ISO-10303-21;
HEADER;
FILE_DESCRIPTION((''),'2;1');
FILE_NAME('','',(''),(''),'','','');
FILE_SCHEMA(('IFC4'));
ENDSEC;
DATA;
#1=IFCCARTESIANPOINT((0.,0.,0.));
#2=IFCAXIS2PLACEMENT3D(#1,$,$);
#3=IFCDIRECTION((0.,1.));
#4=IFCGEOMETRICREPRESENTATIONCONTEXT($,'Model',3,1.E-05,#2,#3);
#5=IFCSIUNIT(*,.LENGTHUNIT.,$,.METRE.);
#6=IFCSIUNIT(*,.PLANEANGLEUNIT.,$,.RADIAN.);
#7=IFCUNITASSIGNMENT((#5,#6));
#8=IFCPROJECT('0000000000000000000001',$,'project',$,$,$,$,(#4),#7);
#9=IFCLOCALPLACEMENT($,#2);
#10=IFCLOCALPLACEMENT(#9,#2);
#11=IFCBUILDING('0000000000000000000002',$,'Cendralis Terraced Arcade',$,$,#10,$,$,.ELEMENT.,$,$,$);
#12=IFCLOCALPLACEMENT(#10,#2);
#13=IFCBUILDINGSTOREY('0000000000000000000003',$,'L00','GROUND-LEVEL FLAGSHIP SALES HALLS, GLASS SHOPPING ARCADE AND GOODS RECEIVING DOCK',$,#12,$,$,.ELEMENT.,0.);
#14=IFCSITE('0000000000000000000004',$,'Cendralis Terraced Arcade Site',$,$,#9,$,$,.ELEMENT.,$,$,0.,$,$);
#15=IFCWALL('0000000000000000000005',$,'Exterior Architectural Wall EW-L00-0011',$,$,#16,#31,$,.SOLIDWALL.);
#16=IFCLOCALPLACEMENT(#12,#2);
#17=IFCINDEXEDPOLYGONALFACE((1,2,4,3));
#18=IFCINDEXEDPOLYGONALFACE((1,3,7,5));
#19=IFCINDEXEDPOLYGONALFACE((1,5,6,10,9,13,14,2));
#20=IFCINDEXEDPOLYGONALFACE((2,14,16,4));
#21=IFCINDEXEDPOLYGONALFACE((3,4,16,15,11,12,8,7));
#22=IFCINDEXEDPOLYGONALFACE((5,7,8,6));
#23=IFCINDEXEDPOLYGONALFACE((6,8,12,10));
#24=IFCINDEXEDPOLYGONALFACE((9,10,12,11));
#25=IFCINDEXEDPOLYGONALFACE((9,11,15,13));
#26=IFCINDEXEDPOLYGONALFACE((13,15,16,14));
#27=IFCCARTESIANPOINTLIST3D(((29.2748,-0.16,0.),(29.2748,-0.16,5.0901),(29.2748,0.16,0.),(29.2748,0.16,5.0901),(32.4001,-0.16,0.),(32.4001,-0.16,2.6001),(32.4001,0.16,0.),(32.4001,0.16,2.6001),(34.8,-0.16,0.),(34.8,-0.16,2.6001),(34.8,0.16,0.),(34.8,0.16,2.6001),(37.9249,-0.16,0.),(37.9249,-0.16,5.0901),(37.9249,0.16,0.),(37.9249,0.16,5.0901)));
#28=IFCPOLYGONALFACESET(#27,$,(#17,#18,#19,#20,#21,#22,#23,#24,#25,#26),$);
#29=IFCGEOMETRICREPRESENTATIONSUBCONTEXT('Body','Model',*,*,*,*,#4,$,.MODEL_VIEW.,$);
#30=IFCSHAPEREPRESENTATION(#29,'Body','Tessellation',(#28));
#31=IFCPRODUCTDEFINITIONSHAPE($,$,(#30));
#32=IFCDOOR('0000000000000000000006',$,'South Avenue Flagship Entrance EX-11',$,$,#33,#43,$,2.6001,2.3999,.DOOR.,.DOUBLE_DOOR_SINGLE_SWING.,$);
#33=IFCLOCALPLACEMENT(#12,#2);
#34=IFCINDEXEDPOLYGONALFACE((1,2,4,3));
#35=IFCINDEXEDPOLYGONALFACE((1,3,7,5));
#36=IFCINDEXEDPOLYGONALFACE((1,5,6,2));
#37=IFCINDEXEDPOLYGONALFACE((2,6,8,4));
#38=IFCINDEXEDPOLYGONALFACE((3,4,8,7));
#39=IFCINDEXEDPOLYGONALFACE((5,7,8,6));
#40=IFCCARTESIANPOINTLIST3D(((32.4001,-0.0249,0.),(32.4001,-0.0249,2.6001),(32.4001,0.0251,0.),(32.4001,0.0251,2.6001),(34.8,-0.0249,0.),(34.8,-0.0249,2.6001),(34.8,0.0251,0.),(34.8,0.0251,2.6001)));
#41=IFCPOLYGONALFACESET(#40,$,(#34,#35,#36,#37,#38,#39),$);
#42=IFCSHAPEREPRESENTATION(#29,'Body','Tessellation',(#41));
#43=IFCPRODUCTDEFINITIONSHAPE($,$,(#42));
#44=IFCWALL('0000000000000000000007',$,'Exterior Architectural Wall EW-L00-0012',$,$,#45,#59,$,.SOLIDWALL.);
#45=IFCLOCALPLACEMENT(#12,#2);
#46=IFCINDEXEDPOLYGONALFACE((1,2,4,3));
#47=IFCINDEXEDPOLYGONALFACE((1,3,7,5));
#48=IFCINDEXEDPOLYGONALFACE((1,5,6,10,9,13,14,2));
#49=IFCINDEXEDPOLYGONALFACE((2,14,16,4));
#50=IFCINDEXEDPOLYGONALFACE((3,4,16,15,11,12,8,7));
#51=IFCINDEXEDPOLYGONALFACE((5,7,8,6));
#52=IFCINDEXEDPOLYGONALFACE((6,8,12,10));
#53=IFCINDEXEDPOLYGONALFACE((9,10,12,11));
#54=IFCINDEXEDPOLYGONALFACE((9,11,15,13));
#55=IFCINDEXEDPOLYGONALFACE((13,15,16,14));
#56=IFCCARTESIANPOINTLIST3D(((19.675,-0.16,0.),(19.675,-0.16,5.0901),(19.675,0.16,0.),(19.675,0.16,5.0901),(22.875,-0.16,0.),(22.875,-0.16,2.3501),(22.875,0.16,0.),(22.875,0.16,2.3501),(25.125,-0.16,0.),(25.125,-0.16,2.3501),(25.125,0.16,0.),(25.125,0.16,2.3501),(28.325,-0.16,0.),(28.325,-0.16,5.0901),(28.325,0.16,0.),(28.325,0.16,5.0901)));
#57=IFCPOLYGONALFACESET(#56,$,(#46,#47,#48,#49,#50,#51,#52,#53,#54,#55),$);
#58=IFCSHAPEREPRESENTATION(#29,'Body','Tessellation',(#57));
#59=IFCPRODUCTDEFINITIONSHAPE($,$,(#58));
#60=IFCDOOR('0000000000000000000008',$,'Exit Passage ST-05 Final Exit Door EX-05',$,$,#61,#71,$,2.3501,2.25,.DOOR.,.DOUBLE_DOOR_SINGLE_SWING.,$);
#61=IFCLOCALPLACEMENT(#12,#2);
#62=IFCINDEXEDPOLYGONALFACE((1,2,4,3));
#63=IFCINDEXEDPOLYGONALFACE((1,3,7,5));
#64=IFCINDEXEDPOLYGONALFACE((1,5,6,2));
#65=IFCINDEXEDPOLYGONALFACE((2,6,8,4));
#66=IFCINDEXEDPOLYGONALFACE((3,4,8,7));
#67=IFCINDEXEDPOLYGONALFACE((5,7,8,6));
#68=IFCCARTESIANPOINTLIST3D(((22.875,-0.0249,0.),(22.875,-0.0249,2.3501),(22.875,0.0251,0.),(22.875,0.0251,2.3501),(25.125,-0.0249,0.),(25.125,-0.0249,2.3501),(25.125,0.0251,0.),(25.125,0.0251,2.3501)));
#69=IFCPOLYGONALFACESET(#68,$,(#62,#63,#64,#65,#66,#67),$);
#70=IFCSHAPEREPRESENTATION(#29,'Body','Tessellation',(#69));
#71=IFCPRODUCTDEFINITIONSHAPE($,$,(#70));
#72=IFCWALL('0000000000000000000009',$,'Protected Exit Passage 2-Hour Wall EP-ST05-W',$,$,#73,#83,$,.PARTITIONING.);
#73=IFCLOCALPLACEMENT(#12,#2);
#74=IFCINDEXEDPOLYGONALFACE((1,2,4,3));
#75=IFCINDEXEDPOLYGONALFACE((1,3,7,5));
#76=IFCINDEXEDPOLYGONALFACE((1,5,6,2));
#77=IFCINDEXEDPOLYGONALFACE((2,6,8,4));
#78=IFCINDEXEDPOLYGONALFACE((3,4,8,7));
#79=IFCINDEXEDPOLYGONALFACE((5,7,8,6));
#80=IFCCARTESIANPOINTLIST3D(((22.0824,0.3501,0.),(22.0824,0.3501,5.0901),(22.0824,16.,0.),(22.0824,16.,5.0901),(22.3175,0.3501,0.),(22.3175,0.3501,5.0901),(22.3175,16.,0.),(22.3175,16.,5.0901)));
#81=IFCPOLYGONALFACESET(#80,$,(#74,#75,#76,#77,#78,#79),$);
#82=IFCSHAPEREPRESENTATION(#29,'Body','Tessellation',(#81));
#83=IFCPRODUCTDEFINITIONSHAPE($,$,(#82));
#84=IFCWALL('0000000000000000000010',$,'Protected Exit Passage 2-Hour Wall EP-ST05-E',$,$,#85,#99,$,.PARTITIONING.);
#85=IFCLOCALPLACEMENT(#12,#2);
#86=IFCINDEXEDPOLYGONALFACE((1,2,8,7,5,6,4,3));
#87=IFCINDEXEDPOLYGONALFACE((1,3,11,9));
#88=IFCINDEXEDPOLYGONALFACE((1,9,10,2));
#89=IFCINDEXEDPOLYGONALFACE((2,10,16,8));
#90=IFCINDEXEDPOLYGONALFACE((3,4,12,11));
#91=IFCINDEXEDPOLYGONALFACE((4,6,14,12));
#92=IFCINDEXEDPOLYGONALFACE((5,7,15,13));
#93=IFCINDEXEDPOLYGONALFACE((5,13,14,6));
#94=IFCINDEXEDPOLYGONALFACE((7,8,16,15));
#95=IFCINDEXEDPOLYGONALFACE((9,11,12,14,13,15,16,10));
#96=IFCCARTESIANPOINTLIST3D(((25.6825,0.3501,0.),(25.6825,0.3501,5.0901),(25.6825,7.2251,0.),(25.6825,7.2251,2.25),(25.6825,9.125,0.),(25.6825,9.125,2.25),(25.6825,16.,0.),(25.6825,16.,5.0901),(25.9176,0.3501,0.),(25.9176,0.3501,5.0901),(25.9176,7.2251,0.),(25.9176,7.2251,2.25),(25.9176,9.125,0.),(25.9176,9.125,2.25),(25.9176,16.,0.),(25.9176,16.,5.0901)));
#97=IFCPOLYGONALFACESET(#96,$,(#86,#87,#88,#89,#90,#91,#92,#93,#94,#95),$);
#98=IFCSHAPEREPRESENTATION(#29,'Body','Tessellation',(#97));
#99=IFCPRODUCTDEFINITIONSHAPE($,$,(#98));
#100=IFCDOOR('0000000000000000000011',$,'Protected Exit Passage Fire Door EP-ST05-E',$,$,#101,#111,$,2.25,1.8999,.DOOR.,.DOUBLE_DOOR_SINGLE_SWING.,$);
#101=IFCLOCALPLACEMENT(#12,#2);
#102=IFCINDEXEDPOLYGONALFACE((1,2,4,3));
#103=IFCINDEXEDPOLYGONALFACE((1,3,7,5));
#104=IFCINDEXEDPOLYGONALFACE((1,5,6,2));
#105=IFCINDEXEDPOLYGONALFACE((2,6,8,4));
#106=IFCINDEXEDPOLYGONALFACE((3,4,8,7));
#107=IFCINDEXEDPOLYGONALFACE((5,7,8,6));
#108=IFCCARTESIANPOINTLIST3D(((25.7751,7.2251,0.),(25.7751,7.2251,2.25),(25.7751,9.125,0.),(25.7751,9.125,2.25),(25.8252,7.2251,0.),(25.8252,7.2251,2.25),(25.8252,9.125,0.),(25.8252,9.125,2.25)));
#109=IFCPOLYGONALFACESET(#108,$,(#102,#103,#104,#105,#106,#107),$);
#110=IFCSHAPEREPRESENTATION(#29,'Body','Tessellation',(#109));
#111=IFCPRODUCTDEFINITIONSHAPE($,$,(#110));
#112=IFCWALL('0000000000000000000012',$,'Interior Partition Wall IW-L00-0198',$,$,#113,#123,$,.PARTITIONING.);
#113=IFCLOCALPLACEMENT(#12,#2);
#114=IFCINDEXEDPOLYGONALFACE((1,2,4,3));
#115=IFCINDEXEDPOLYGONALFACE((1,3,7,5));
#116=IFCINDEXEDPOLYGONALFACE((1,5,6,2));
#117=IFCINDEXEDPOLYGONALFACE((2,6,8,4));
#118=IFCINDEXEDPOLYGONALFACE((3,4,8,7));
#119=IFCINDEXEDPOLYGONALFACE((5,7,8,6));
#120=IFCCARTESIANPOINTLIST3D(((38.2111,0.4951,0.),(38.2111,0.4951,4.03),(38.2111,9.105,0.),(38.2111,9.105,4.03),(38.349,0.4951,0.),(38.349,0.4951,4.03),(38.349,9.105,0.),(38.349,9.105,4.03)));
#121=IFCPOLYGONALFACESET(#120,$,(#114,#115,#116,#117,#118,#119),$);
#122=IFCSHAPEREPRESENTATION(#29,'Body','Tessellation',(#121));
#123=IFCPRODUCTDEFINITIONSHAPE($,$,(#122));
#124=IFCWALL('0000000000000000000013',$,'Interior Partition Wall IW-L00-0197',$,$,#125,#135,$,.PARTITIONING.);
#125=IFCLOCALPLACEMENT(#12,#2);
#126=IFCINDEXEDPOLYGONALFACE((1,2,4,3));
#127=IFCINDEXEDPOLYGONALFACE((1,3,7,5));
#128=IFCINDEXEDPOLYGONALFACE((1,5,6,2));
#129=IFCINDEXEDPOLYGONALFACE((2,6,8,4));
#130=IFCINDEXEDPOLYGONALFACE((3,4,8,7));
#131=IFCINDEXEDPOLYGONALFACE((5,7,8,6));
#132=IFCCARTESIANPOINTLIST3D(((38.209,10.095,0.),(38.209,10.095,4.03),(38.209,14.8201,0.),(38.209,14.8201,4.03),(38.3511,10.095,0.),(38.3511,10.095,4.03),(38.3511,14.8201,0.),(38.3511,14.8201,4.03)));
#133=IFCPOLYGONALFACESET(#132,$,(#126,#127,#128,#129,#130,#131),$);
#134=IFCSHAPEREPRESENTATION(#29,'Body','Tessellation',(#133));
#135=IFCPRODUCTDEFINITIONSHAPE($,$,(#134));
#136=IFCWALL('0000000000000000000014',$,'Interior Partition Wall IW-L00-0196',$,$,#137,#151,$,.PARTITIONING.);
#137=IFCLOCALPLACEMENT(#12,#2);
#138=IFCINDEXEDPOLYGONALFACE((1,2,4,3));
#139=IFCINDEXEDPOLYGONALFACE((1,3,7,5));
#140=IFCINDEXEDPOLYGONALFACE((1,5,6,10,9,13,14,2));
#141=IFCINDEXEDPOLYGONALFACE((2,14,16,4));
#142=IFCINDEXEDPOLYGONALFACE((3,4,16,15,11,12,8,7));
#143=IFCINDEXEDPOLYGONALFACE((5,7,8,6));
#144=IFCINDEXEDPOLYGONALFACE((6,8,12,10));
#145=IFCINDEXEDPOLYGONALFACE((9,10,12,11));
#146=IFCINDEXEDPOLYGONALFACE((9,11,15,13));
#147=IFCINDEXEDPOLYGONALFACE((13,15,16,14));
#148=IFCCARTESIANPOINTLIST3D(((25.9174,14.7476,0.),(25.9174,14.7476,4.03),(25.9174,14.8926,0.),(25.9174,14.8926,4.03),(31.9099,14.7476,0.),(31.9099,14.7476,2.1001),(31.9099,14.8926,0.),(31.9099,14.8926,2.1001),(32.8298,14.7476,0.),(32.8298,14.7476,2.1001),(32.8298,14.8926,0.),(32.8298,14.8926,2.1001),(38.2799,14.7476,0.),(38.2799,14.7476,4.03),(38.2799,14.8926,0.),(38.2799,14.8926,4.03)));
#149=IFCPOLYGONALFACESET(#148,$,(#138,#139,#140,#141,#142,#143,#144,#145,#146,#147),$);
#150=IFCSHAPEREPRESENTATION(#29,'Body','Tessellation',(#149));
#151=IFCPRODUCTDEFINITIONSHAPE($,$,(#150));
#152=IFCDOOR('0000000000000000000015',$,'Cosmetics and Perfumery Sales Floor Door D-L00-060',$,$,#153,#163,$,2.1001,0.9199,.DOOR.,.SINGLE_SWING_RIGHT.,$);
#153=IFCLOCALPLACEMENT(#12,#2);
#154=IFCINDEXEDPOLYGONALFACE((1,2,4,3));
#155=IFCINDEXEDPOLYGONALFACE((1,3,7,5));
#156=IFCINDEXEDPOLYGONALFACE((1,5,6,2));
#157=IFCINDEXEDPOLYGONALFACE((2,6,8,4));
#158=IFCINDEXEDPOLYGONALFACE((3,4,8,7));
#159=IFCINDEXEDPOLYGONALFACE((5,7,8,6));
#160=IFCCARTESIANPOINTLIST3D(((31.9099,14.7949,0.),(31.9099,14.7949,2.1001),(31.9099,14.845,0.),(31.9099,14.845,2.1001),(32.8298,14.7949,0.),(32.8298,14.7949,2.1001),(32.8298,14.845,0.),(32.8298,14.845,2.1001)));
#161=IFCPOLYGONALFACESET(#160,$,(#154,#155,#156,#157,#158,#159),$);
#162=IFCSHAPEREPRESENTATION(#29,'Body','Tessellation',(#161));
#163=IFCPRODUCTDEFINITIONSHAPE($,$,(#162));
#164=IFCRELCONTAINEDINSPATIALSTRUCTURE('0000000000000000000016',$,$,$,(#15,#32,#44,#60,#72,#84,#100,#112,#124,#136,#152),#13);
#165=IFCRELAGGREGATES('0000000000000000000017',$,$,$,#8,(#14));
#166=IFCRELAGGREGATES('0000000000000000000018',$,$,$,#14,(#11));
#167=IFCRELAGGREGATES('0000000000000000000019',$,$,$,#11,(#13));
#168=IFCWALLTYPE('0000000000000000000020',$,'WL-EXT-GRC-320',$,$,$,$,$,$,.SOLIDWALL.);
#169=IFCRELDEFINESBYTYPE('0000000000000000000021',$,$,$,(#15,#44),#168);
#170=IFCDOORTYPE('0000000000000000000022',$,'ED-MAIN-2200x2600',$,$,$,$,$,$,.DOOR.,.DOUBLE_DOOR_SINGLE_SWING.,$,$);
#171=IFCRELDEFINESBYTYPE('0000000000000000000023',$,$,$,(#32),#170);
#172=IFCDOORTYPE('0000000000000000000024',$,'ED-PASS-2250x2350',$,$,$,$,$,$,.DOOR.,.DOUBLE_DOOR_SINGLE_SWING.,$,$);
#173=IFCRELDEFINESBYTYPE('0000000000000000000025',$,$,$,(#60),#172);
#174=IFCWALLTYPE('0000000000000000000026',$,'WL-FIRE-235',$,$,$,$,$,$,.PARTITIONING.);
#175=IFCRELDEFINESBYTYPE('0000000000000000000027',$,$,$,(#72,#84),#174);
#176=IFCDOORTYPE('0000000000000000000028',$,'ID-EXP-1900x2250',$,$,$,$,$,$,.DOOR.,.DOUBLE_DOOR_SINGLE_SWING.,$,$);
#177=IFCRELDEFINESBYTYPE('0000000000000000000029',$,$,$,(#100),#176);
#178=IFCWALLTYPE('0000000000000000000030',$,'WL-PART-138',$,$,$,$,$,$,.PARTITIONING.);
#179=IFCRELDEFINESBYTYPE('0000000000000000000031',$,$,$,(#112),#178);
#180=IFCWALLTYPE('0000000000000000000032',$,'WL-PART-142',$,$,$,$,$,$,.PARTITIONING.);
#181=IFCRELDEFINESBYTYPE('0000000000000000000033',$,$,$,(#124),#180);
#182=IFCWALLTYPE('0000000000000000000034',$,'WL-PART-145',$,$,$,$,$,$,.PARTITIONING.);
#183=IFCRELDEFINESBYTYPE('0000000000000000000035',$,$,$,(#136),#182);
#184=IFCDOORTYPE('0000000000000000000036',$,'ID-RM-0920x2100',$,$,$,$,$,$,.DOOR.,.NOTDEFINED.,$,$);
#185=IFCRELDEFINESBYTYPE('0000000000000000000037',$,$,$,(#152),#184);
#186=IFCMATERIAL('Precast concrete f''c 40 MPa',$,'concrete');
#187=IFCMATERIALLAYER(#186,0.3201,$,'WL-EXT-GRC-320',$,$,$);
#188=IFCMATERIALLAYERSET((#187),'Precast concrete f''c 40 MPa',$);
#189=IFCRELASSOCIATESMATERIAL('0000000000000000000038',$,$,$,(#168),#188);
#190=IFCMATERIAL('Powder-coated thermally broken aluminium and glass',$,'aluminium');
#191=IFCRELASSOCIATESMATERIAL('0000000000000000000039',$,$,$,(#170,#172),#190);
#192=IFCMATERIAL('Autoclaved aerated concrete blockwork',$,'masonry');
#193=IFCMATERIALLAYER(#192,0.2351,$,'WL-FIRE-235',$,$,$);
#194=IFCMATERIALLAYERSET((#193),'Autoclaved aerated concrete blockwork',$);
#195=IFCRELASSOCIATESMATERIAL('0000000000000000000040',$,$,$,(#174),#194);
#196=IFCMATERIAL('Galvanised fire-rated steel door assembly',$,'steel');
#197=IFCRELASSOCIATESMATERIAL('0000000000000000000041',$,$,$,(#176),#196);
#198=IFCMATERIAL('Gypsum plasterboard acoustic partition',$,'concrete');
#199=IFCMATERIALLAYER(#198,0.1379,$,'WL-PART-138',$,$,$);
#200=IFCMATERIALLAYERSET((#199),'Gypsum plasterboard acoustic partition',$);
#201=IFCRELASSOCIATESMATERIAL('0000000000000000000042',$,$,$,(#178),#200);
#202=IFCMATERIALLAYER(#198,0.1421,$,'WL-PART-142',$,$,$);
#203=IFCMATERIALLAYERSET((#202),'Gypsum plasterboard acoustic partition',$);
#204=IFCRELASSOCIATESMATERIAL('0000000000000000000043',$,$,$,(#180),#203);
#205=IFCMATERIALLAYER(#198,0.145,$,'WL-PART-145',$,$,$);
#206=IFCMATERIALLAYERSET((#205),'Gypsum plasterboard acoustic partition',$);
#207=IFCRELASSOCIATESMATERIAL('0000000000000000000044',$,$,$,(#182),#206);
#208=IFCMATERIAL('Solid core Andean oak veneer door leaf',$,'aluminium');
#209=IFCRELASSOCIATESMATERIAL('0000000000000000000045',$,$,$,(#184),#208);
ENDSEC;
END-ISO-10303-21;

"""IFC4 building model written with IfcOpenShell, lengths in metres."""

from ifc_helpers import new_model, si_unit, direction, frame, frame_2d, origin, place, context, subcontext, project, spatial, rectangle, extrude, material, layer, layer_set, type_object, element, fill, save


model = new_model("IFC4")

# Units and contexts
model_context = context("Model", 3, precision=1e-05, world=origin(), true_north=direction((0.0, 1.0)))
body_context = subcontext(model_context, "Body", "Model", "MODEL_VIEW")
ifc_project = project(units=[si_unit("LENGTHUNIT", "METRE"), si_unit("PLANEANGLEUNIT", "RADIAN")], contexts=[model_context])

# Site, building, storey
site_placement = place(None, origin())
site = spatial("IfcSite", under=ifc_project, at=site_placement, Name="Cendralis Terraced Arcade Site", CompositionType="ELEMENT", RefElevation=0.0)
building_placement = place(site_placement, origin())
building = spatial("IfcBuilding", under=site, at=building_placement, Name="Cendralis Terraced Arcade", CompositionType="ELEMENT")
storey_placement = place(building_placement, origin())
storey = spatial("IfcBuildingStorey", under=building, at=storey_placement, Name="L00", Description="GROUND-LEVEL FLAGSHIP SALES HALLS, GLASS SHOPPING ARCADE AND GOODS RECEIVING DOCK", CompositionType="ELEMENT", Elevation=0.0)

# Walls, openings, doors
ifc_material_1 = material(Name="Precast concrete f'c 40 MPa", Category="concrete")
ifc_layer_1 = layer(ifc_material_1, 0.3201, Name="WL-EXT-GRC-320")
ifc_layer_set_1 = layer_set([ifc_layer_1], Name="Precast concrete f'c 40 MPa")
wall_type_1 = type_object("IfcWallType", Name="WL-EXT-GRC-320", PredefinedType="SOLIDWALL", material=ifc_layer_set_1)
wall_1_placement = place(storey_placement, frame((37.925, 0.0, 0.0), z_axis=(0.0, 0.0, 1.0), x_axis=(-1.0, 0.0, 0.0)))
wall_1 = element("IfcWall", 1, at=wall_1_placement, inside=storey, type_object=wall_type_1, Name="Exterior Architectural Wall EW-L00-0011", PredefinedType="SOLIDWALL", context=body_context, shape_type="SweptSolid", body=[
    extrude(rectangle(XDim=8.6501, YDim=0.3201, at=frame_2d((4.3252, 0.0))), origin(), (0.0, 0.0, 1.0), 5.0901),
])
opening_1_placement = place(wall_1_placement, frame((3.125, 0.0, 0.0)))
opening_1 = element("IfcOpeningElement", 2, at=opening_1_placement, cuts=wall_1, PredefinedType="OPENING", context=body_context, shape_type="SweptSolid", body=[
    extrude(rectangle(XDim=2.3999, YDim=2.6001, at=frame_2d((1.2, 1.3))), frame((0.0, 0.1719, 0.0), z_axis=(0.0, -1.0, 0.0), x_axis=(1.0, 0.0, 0.0)), (0.0, 0.0, 1.0), 0.344),
])
ifc_material_2 = material(Name="Powder-coated thermally broken aluminium and glass", Category="aluminium")
door_type_1 = type_object("IfcDoorType", Name="ED-MAIN-2200x2600", OperationType="DOUBLE_DOOR_SINGLE_SWING", PredefinedType="DOOR", material=ifc_material_2)
door_1_placement = place(opening_1_placement, origin())
door_1 = element("IfcDoor", 3, at=door_1_placement, inside=storey, type_object=door_type_1, Name="South Avenue Flagship Entrance EX-11", OperationType="DOUBLE_DOOR_SINGLE_SWING", OverallHeight=2.6001, OverallWidth=2.3999, PredefinedType="DOOR", context=body_context, shape_type="SweptSolid", body=[
    extrude(rectangle(XDim=2.3999, YDim=2.6001, at=frame_2d((1.2, 1.3))), frame((0.0, 0.0249, 0.0), z_axis=(0.0, -1.0, 0.0), x_axis=(1.0, 0.0, 0.0)), (0.0, 0.0, 1.0), 0.05),
])
fill(opening_1, door_1)
wall_2_placement = place(storey_placement, frame((28.325, 0.0, 0.0), z_axis=(0.0, 0.0, 1.0), x_axis=(-1.0, 0.0, 0.0)))
wall_2 = element("IfcWall", 4, at=wall_2_placement, inside=storey, type_object=wall_type_1, Name="Exterior Architectural Wall EW-L00-0012", PredefinedType="SOLIDWALL", context=body_context, shape_type="SweptSolid", body=[
    extrude(rectangle(XDim=8.6499, YDim=0.3201, at=frame_2d((4.325, 0.0))), origin(), (0.0, 0.0, 1.0), 5.0901),
])
opening_2_placement = place(wall_2_placement, frame((3.2, 0.0, 0.0)))
opening_2 = element("IfcOpeningElement", 5, at=opening_2_placement, cuts=wall_2, PredefinedType="OPENING", context=body_context, shape_type="SweptSolid", body=[
    extrude(rectangle(XDim=2.25, YDim=2.3501, at=frame_2d((1.125, 1.175))), frame((0.0, 0.1719, 0.0), z_axis=(0.0, -1.0, 0.0), x_axis=(1.0, 0.0, 0.0)), (0.0, 0.0, 1.0), 0.344),
])
door_type_2 = type_object("IfcDoorType", Name="ED-PASS-2250x2350", OperationType="DOUBLE_DOOR_SINGLE_SWING", PredefinedType="DOOR", material=ifc_material_2)
door_2_placement = place(opening_2_placement, origin())
door_2 = element("IfcDoor", 6, at=door_2_placement, inside=storey, type_object=door_type_2, Name="Exit Passage ST-05 Final Exit Door EX-05", OperationType="DOUBLE_DOOR_SINGLE_SWING", OverallHeight=2.3501, OverallWidth=2.25, PredefinedType="DOOR", context=body_context, shape_type="SweptSolid", body=[
    extrude(rectangle(XDim=2.25, YDim=2.3501, at=frame_2d((1.125, 1.175))), frame((0.0, 0.0249, 0.0), z_axis=(0.0, -1.0, 0.0), x_axis=(1.0, 0.0, 0.0)), (0.0, 0.0, 1.0), 0.05),
])
fill(opening_2, door_2)

# Wall
ifc_material_3 = material(Name="Autoclaved aerated concrete blockwork", Category="masonry")
ifc_layer_2 = layer(ifc_material_3, 0.2351, Name="WL-FIRE-235")
ifc_layer_set_2 = layer_set([ifc_layer_2], Name="Autoclaved aerated concrete blockwork")
wall_type_2 = type_object("IfcWallType", Name="WL-FIRE-235", PredefinedType="PARTITIONING", material=ifc_layer_set_2)
wall_3_placement = place(storey_placement, frame((22.2, 0.3501, 0.0), z_axis=(0.0, 0.0, 1.0), x_axis=(0.0, 1.0, 0.0)))
element("IfcWall", 7, at=wall_3_placement, inside=storey, type_object=wall_type_2, Name="Protected Exit Passage 2-Hour Wall EP-ST05-W", PredefinedType="PARTITIONING", context=body_context, shape_type="SweptSolid", body=[
    extrude(rectangle(XDim=15.6499, YDim=0.2351, at=frame_2d((7.825, 0.0))), origin(), (0.0, 0.0, 1.0), 5.0901),
])

# Wall, opening, door
wall_4_placement = place(storey_placement, frame((25.8, 0.3501, 0.0), z_axis=(0.0, 0.0, 1.0), x_axis=(0.0, 1.0, 0.0)))
wall_4 = element("IfcWall", 8, at=wall_4_placement, inside=storey, type_object=wall_type_2, Name="Protected Exit Passage 2-Hour Wall EP-ST05-E", PredefinedType="PARTITIONING", context=body_context, shape_type="SweptSolid", body=[
    extrude(rectangle(XDim=15.6499, YDim=0.2351, at=frame_2d((7.825, 0.0))), origin(), (0.0, 0.0, 1.0), 5.0901),
])
opening_3_placement = place(wall_4_placement, frame((6.875, 0.0, 0.0)))
opening_3 = element("IfcOpeningElement", 9, at=opening_3_placement, cuts=wall_4, PredefinedType="OPENING", context=body_context, shape_type="SweptSolid", body=[
    extrude(rectangle(XDim=1.8999, YDim=2.25, at=frame_2d((0.95, 1.125))), frame((0.0, 0.1294, 0.0), z_axis=(0.0, -1.0, 0.0), x_axis=(1.0, 0.0, 0.0)), (0.0, 0.0, 1.0), 0.259),
])
ifc_material_4 = material(Name="Galvanised fire-rated steel door assembly", Category="steel")
door_type_3 = type_object("IfcDoorType", Name="ID-EXP-1900x2250", OperationType="DOUBLE_DOOR_SINGLE_SWING", PredefinedType="DOOR", material=ifc_material_4)
door_3_placement = place(opening_3_placement, origin())
door_3 = element("IfcDoor", 10, at=door_3_placement, inside=storey, type_object=door_type_3, Name="Protected Exit Passage Fire Door EP-ST05-E", OperationType="DOUBLE_DOOR_SINGLE_SWING", OverallHeight=2.25, OverallWidth=1.8999, PredefinedType="DOOR", context=body_context, shape_type="SweptSolid", body=[
    extrude(rectangle(XDim=1.8999, YDim=2.25, at=frame_2d((0.95, 1.125))), frame((0.0, 0.0249, 0.0), z_axis=(0.0, -1.0, 0.0), x_axis=(1.0, 0.0, 0.0)), (0.0, 0.0, 1.0), 0.05),
])
fill(opening_3, door_3)

# Walls
ifc_material_5 = material(Name="Gypsum plasterboard acoustic partition", Category="concrete")
ifc_layer_3 = layer(ifc_material_5, 0.1379, Name="WL-PART-138")
ifc_layer_set_3 = layer_set([ifc_layer_3], Name="Gypsum plasterboard acoustic partition")
wall_type_3 = type_object("IfcWallType", Name="WL-PART-138", PredefinedType="PARTITIONING", material=ifc_layer_set_3)
wall_5_placement = place(storey_placement, frame((38.28, 9.105, 0.0), z_axis=(0.0, 0.0, 1.0), x_axis=(0.0, -1.0, 0.0)))
element("IfcWall", 11, at=wall_5_placement, inside=storey, type_object=wall_type_3, Name="Interior Partition Wall IW-L00-0198", PredefinedType="PARTITIONING", context=body_context, shape_type="SweptSolid", body=[
    extrude(rectangle(XDim=8.6099, YDim=0.1379, at=frame_2d((4.3049, 0.0))), origin(), (0.0, 0.0, 1.0), 4.03),
])
ifc_layer_4 = layer(ifc_material_5, 0.1421, Name="WL-PART-142")
ifc_layer_set_4 = layer_set([ifc_layer_4], Name="Gypsum plasterboard acoustic partition")
wall_type_4 = type_object("IfcWallType", Name="WL-PART-142", PredefinedType="PARTITIONING", material=ifc_layer_set_4)
wall_6_placement = place(storey_placement, frame((38.28, 14.8201, 0.0), z_axis=(0.0, 0.0, 1.0), x_axis=(0.0, -1.0, 0.0)))
element("IfcWall", 12, at=wall_6_placement, inside=storey, type_object=wall_type_4, Name="Interior Partition Wall IW-L00-0197", PredefinedType="PARTITIONING", context=body_context, shape_type="SweptSolid", body=[
    extrude(rectangle(XDim=4.7251, YDim=0.1421, at=frame_2d((2.3625, 0.0))), origin(), (0.0, 0.0, 1.0), 4.03),
])

# Wall, opening, door
ifc_layer_5 = layer(ifc_material_5, 0.145, Name="WL-PART-145")
ifc_layer_set_5 = layer_set([ifc_layer_5], Name="Gypsum plasterboard acoustic partition")
wall_type_5 = type_object("IfcWallType", Name="WL-PART-145", PredefinedType="PARTITIONING", material=ifc_layer_set_5)
wall_7_placement = place(storey_placement, frame((25.9175, 14.8201, 0.0), z_axis=(0.0, 0.0, 1.0), x_axis=(1.0, 0.0, 0.0)))
wall_7 = element("IfcWall", 13, at=wall_7_placement, inside=storey, type_object=wall_type_5, Name="Interior Partition Wall IW-L00-0196", PredefinedType="PARTITIONING", context=body_context, shape_type="SweptSolid", body=[
    extrude(rectangle(XDim=12.3625, YDim=0.145, at=frame_2d((6.1812, 0.0))), origin(), (0.0, 0.0, 1.0), 4.03),
])
opening_4_placement = place(wall_7_placement, frame((5.9924, 0.0, 0.0)))
opening_4 = element("IfcOpeningElement", 14, at=opening_4_placement, cuts=wall_7, PredefinedType="OPENING", context=body_context, shape_type="SweptSolid", body=[
    extrude(rectangle(XDim=0.9199, YDim=2.1001, at=frame_2d((0.46, 1.05))), frame((0.0, 0.0845, 0.0), z_axis=(0.0, -1.0, 0.0), x_axis=(1.0, 0.0, 0.0)), (0.0, 0.0, 1.0), 0.1689),
])
ifc_material_6 = material(Name="Solid core Andean oak veneer door leaf", Category="aluminium")
door_type_4 = type_object("IfcDoorType", Name="ID-RM-0920x2100", OperationType="NOTDEFINED", PredefinedType="DOOR", material=ifc_material_6)
door_4_placement = place(opening_4_placement, origin())
door_4 = element("IfcDoor", 15, at=door_4_placement, inside=storey, type_object=door_type_4, Name="Cosmetics and Perfumery Sales Floor Door D-L00-060", OperationType="SINGLE_SWING_RIGHT", OverallHeight=2.1001, OverallWidth=0.9199, PredefinedType="DOOR", context=body_context, shape_type="SweptSolid", body=[
    extrude(rectangle(XDim=0.9199, YDim=2.1001, at=frame_2d((0.46, 1.05))), frame((0.0, 0.0249, 0.0), z_axis=(0.0, -1.0, 0.0), x_axis=(1.0, 0.0, 0.0)), (0.0, 0.0, 1.0), 0.05),
])
fill(opening_4, door_4)

save(model, "model.ifc")
